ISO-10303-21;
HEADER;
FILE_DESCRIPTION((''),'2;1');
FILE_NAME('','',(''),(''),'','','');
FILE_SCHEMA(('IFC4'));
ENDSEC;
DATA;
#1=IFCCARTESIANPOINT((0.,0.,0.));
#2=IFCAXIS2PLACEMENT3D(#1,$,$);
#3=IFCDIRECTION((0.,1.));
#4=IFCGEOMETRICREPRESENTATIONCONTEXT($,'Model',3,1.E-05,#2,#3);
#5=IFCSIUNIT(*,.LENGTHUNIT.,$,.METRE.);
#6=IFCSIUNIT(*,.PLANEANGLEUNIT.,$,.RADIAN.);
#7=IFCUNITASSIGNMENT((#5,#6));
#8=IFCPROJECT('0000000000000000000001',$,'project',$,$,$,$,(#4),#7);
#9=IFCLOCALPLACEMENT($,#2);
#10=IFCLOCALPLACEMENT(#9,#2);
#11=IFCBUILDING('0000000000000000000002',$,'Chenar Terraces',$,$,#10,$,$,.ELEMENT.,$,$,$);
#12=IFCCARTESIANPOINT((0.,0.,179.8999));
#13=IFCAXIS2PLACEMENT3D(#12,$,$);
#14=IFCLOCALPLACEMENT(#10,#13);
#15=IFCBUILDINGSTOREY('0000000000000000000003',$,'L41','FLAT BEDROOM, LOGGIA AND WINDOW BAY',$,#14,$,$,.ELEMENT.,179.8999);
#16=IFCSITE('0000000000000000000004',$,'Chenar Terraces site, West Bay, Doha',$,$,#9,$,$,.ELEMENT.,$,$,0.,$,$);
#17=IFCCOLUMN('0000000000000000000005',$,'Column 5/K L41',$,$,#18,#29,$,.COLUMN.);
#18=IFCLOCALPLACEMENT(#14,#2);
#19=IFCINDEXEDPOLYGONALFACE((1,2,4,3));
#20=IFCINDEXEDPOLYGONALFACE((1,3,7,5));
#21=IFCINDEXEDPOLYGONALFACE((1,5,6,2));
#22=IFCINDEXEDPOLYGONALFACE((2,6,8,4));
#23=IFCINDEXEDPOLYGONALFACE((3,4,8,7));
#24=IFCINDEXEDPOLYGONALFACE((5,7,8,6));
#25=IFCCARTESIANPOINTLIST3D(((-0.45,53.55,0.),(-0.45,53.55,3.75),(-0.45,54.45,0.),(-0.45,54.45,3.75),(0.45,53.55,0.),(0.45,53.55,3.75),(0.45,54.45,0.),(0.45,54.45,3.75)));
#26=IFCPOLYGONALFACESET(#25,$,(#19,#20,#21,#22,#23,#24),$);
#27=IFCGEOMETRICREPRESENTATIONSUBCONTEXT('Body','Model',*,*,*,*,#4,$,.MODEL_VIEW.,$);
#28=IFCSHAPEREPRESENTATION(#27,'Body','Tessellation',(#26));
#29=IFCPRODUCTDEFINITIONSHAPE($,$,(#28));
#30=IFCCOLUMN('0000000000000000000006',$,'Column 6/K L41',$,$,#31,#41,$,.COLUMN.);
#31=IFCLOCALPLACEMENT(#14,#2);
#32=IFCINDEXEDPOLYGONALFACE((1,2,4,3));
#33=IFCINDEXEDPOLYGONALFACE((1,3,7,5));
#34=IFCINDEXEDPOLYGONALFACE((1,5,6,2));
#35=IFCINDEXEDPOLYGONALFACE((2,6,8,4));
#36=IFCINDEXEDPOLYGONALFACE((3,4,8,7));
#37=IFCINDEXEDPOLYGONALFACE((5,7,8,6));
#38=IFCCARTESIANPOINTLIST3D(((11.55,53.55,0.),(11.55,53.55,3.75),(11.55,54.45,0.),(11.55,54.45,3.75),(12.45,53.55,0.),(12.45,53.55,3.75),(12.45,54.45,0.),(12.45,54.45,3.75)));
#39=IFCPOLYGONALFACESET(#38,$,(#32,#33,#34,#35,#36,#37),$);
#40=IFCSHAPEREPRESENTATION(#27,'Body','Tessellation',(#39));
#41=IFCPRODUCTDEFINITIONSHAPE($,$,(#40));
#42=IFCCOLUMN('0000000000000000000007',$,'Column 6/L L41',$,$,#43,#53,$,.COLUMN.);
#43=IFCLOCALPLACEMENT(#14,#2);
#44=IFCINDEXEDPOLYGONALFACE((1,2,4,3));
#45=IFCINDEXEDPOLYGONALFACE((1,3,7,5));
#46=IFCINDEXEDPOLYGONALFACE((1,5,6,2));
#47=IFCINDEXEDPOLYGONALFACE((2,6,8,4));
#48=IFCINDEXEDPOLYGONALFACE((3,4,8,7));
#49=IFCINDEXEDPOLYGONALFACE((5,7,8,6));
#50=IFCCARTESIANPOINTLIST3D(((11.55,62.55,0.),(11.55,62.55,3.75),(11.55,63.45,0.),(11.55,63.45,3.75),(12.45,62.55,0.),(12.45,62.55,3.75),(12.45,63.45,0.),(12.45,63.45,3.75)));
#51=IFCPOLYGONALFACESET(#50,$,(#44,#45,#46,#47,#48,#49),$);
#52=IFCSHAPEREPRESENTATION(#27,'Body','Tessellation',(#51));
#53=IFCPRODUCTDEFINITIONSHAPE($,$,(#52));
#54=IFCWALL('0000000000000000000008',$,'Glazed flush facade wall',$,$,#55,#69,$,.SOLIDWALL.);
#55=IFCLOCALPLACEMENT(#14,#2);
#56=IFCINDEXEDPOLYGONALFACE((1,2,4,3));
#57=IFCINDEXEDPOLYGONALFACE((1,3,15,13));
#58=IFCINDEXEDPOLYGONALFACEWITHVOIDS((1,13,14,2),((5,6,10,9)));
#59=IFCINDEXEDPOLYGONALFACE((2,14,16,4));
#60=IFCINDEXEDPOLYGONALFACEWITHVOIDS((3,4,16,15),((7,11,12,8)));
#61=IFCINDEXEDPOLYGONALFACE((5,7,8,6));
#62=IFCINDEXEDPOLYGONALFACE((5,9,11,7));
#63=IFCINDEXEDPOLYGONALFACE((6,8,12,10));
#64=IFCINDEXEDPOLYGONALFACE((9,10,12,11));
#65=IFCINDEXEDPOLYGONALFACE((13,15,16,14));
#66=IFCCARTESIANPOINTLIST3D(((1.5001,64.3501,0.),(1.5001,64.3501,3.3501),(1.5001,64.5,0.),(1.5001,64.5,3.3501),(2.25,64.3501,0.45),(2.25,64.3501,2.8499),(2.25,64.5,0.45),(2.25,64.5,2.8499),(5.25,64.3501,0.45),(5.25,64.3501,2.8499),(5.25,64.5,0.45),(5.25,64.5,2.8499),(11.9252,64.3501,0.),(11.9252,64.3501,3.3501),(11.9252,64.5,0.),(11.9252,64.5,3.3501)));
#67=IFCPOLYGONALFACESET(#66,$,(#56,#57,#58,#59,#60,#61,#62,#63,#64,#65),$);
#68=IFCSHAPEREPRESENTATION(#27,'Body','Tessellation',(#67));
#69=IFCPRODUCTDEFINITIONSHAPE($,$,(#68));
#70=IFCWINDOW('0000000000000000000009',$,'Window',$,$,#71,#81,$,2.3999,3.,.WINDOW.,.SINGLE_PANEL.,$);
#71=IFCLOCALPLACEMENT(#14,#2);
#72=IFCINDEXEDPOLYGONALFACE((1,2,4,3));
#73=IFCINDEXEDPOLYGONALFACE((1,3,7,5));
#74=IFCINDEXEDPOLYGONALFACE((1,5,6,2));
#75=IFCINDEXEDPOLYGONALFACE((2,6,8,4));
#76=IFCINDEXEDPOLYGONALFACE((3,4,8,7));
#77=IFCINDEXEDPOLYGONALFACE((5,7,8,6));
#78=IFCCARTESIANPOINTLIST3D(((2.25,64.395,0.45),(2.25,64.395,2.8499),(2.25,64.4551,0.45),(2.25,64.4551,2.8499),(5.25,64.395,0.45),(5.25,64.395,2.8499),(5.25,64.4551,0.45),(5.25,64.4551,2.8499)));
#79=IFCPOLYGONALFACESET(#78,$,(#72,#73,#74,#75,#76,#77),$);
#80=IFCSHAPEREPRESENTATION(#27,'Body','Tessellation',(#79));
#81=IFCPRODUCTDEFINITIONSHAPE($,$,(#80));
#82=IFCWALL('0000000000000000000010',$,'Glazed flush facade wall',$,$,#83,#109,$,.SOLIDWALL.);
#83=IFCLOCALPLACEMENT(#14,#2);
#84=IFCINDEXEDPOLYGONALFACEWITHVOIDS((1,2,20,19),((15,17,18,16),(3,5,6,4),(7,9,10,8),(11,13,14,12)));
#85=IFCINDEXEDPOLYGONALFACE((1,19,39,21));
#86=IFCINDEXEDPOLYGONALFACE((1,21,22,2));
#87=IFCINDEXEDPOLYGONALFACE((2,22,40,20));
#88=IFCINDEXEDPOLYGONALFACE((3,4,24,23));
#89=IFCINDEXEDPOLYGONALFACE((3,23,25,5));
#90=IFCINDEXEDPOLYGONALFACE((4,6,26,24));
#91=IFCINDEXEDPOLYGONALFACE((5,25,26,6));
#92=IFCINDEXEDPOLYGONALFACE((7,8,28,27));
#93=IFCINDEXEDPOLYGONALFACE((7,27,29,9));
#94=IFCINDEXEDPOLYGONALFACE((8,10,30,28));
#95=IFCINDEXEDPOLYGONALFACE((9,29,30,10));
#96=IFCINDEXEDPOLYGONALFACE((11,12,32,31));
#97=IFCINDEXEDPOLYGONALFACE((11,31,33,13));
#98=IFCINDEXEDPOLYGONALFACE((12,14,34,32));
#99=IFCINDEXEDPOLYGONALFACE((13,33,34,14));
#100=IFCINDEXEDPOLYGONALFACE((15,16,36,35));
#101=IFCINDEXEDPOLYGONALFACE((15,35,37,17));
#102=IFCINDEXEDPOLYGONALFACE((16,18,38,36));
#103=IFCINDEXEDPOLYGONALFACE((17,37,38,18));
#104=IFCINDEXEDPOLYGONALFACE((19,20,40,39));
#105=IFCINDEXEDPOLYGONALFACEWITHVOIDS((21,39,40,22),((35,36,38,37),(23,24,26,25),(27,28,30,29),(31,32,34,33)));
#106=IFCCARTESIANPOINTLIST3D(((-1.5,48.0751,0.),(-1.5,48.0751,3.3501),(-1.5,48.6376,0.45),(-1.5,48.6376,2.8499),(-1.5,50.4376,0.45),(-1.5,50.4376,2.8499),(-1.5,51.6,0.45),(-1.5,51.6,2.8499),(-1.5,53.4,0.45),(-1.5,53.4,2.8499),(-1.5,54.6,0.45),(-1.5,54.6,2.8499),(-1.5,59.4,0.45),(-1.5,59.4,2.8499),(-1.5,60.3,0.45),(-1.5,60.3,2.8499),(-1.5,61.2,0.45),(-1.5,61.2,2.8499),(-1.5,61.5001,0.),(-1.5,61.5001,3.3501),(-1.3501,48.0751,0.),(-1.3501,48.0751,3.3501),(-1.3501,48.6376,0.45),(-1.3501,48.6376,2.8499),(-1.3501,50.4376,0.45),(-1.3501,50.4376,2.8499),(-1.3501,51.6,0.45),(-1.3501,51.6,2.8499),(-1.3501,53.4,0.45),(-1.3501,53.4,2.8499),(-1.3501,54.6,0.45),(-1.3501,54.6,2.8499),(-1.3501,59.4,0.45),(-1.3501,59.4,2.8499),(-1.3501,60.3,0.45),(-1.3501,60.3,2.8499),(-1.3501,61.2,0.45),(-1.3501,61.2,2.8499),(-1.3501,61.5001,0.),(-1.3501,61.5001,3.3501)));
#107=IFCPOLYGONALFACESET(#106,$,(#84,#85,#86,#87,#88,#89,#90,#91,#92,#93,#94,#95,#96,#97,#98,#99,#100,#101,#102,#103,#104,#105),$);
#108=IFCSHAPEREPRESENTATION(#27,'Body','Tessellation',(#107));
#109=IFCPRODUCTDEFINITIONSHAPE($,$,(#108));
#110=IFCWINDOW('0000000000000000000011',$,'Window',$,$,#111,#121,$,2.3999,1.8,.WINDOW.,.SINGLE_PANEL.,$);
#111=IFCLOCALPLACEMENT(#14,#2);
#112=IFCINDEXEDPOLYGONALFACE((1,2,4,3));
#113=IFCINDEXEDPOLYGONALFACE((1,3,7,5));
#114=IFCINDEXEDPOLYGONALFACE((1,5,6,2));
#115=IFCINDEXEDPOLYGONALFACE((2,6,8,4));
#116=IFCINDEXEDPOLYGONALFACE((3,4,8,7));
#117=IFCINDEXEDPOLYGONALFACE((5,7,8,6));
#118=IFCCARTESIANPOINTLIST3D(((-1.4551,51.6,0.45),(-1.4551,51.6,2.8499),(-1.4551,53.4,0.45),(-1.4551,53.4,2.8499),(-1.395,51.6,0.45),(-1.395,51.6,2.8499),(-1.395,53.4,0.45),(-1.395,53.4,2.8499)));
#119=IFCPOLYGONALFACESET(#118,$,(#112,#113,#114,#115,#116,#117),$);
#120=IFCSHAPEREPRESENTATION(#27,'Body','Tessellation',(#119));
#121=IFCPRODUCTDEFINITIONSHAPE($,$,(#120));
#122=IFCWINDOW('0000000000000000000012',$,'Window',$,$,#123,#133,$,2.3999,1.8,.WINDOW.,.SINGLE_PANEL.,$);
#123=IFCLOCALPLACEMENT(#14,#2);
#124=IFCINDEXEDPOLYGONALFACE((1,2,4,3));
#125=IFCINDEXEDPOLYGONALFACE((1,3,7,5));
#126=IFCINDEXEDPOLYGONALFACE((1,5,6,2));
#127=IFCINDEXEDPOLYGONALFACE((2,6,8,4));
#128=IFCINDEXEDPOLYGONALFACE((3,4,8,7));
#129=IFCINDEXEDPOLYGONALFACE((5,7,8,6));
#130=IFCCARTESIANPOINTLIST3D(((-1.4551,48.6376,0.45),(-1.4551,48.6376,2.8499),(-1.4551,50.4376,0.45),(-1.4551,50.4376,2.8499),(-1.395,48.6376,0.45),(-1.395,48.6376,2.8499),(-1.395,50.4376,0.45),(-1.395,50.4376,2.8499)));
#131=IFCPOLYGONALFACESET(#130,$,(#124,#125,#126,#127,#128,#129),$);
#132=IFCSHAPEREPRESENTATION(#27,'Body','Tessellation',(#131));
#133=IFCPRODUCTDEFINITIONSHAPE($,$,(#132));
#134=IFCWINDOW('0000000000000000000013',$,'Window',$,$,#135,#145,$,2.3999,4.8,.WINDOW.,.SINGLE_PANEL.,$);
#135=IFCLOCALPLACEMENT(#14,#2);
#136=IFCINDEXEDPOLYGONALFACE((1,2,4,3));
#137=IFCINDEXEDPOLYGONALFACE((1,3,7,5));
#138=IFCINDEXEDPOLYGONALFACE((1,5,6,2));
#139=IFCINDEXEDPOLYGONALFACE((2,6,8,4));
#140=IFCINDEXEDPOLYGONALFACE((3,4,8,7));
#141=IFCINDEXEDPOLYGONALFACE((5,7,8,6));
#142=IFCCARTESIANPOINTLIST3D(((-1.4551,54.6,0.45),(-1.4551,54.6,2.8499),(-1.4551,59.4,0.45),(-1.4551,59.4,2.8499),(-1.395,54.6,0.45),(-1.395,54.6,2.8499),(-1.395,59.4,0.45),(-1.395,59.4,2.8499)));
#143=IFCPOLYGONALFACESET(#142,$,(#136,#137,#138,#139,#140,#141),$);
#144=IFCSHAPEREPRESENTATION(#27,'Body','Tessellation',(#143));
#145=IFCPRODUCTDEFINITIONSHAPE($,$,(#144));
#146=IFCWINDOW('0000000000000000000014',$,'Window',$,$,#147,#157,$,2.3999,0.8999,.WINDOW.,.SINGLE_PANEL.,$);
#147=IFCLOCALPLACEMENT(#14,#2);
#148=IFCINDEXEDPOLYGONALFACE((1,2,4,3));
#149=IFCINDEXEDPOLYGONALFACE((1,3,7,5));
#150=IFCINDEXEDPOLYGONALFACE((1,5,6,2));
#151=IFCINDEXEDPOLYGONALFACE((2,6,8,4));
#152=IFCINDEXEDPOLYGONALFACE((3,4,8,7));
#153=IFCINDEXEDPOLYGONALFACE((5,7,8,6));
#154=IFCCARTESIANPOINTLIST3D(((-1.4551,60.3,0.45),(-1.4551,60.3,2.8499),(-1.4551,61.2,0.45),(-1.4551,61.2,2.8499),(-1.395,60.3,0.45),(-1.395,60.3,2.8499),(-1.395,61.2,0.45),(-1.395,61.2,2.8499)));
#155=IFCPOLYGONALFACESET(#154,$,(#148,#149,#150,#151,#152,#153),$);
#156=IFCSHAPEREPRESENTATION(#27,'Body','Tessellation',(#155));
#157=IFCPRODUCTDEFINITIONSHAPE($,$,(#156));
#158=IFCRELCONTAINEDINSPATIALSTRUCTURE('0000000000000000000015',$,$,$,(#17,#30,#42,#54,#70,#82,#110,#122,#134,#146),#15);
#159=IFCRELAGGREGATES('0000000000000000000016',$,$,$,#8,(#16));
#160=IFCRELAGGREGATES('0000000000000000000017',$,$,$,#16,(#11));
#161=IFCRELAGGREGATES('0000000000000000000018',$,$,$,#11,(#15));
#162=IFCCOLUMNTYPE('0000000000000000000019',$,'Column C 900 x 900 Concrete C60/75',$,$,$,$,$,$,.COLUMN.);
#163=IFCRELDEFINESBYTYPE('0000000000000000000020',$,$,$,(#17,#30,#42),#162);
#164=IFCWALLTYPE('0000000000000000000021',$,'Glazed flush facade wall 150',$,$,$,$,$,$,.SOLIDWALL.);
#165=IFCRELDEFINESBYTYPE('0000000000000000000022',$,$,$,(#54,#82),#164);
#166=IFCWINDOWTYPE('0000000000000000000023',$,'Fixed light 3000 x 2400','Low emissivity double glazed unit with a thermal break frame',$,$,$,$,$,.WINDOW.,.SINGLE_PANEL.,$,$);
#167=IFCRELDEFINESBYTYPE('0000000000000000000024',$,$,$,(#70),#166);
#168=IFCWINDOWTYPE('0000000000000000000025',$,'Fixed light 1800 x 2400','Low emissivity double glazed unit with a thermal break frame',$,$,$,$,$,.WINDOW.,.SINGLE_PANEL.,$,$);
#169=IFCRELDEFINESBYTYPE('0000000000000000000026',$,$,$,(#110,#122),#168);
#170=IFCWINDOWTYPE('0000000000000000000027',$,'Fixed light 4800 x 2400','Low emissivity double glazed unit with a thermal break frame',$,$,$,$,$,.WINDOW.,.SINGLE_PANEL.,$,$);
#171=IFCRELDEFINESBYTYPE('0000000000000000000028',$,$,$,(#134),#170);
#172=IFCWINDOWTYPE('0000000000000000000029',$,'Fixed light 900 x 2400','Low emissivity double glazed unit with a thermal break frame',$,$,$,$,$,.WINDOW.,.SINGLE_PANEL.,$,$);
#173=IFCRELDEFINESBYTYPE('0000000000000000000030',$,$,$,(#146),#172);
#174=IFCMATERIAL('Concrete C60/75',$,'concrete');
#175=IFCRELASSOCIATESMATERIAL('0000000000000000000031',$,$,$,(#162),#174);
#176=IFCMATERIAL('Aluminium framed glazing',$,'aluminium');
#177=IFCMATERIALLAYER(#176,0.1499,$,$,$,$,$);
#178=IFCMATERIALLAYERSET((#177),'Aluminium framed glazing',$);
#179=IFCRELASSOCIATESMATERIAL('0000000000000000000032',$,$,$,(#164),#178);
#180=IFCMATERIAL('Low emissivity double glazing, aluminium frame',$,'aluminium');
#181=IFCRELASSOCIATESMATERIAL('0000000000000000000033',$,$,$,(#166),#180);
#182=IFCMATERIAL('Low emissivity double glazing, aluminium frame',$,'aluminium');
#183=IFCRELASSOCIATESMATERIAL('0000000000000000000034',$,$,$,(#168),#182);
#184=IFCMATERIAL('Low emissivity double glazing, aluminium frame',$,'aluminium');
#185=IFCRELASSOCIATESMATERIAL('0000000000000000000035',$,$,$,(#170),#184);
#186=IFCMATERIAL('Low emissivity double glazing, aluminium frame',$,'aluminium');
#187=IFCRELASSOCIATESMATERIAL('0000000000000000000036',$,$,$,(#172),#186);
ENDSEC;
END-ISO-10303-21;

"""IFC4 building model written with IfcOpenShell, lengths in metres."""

from ifc_helpers import new_model, si_unit, direction, frame, frame_2d, origin, origin_2d, place, context, subcontext, project, spatial, rectangle, extrude, material, layer, layer_set, material_profile, profile_set, type_object, element, fill, save


model = new_model("IFC4")

# Units and contexts
model_context = context("Model", 3, precision=1e-05, world=origin(), true_north=direction((0.0, 1.0)))
body_context = subcontext(model_context, "Body", "Model", "MODEL_VIEW")
ifc_project = project(units=[si_unit("LENGTHUNIT", "METRE"), si_unit("PLANEANGLEUNIT", "RADIAN")], contexts=[model_context])

# Site, building, storey
site_placement = place(None, origin())
site = spatial("IfcSite", under=ifc_project, at=site_placement, Name="Chenar Terraces site, West Bay, Doha", CompositionType="ELEMENT", RefElevation=0.0)
building_placement = place(site_placement, origin())
building = spatial("IfcBuilding", under=site, at=building_placement, Name="Chenar Terraces", CompositionType="ELEMENT")
storey_placement = place(building_placement, frame((0.0, 0.0, 179.8999)))
storey = spatial("IfcBuildingStorey", under=building, at=storey_placement, Name="L41", Description="FLAT BEDROOM, LOGGIA AND WINDOW BAY", CompositionType="ELEMENT", Elevation=179.8999)

# Columns
ifc_material_1 = material(Name="Concrete C60/75", Category="concrete")
ifc_material_profile_1 = material_profile(ifc_material_1, rectangle(XDim=0.8999, YDim=0.8999, at=origin_2d()), Name="C 900 x 900")
ifc_profile_set_1 = profile_set([ifc_material_profile_1], Name="Concrete C60/75")
column_type = type_object("IfcColumnType", Name="Column C 900 x 900 Concrete C60/75", PredefinedType="COLUMN", material=ifc_profile_set_1)
placement = place(storey_placement, frame((0.0, 54.0, 0.0), z_axis=(0.0, 0.0, 1.0), x_axis=(1.0, 0.0, 0.0)))
element("IfcColumn", 1, at=placement, inside=storey, type_object=column_type, Name="Column 5/K L41", PredefinedType="COLUMN", context=body_context, shape_type="SweptSolid", body=[
    extrude(rectangle(XDim=0.8999, YDim=0.8999, at=origin_2d()), origin(), (0.0, 0.0, 1.0), 3.75),
])
for number, where, z_axis, x_axis, name in (
    (2, (12.0, 54.0, 0.0), (0.0, 0.0, 1.0), (1.0, 0.0, 0.0), "Column 6/K L41"),
    (3, (12.0, 63.0, 0.0), (0.0, 0.0, 1.0), (1.0, 0.0, 0.0), "Column 6/L L41"),
):
    element("IfcColumn", number, at=place(storey_placement, frame(where, z_axis=z_axis, x_axis=x_axis)), inside=storey, type_object=column_type, Name=name, PredefinedType="COLUMN", context=body_context, shape_type="SweptSolid", body=[
        extrude(rectangle(XDim=0.8999, YDim=0.8999, at=origin_2d()), origin(), (0.0, 0.0, 1.0), 3.75),
    ])

# Wall, opening, window
ifc_material_2 = material(Name="Aluminium framed glazing", Category="aluminium")
ifc_layer_1 = layer(ifc_material_2, 0.1499)
ifc_layer_set_1 = layer_set([ifc_layer_1], Name="Aluminium framed glazing")
wall_type_1 = type_object("IfcWallType", Name="Glazed flush facade wall 150", PredefinedType="SOLIDWALL", material=ifc_layer_set_1)
wall_1_placement = place(storey_placement, frame((11.925, 64.425, 0.0), z_axis=(0.0, 0.0, 1.0), x_axis=(-1.0, 0.0, 0.0)))
wall_1 = element("IfcWall", 4, at=wall_1_placement, inside=storey, type_object=wall_type_1, Name="Glazed flush facade wall", PredefinedType="SOLIDWALL", context=body_context, shape_type="SweptSolid", body=[
    extrude(rectangle(XDim=10.425, YDim=0.1499, at=frame_2d((5.2124, 0.0))), origin(), (0.0, 0.0, 1.0), 3.3501),
])
opening_1_placement = place(wall_1_placement, frame((6.675, 0.0, 0.45)))
opening_1 = element("IfcOpeningElement", 5, at=opening_1_placement, cuts=wall_1, PredefinedType="OPENING", context=body_context, shape_type="SweptSolid", body=[
    extrude(rectangle(XDim=3.0, YDim=2.3999, at=frame_2d((1.5, 1.2))), frame((0.0, 0.085, 0.0), z_axis=(0.0, -1.0, 0.0), x_axis=(1.0, 0.0, 0.0)), (0.0, 0.0, 1.0), 0.1699),
])
ifc_material_3 = material(Name="Low emissivity double glazing, aluminium frame", Category="aluminium")
window_type_1 = type_object("IfcWindowType", Name="Fixed light 3000 x 2400", Description="Low emissivity double glazed unit with a thermal break frame", PartitioningType="SINGLE_PANEL", PredefinedType="WINDOW", material=ifc_material_3)
window_1_placement = place(opening_1_placement, origin())
window_1 = element("IfcWindow", 6, at=window_1_placement, inside=storey, type_object=window_type_1, Name="Window", OverallHeight=2.3999, OverallWidth=3.0, PartitioningType="SINGLE_PANEL", PredefinedType="WINDOW", context=body_context, shape_type="SweptSolid", body=[
    extrude(rectangle(XDim=3.0, YDim=2.3999, at=frame_2d((1.5, 1.2))), frame((0.0, 0.03, 0.0), z_axis=(0.0, -1.0, 0.0), x_axis=(1.0, 0.0, 0.0)), (0.0, 0.0, 1.0), 0.0601),
])
fill(opening_1, window_1)

# Wall, openings, windows
wall_2_placement = place(storey_placement, frame((-1.425, 61.5, 0.0), z_axis=(0.0, 0.0, 1.0), x_axis=(0.0, -1.0, 0.0)))
wall_2 = element("IfcWall", 7, at=wall_2_placement, inside=storey, type_object=wall_type_1, Name="Glazed flush facade wall", PredefinedType="SOLIDWALL", context=body_context, shape_type="SweptSolid", body=[
    extrude(rectangle(XDim=13.425, YDim=0.1499, at=frame_2d((6.7124, 0.0))), origin(), (0.0, 0.0, 1.0), 3.3501),
])
opening_2_placement = place(wall_2_placement, frame((0.3, 0.0, 0.45)))
opening_2 = element("IfcOpeningElement", 8, at=opening_2_placement, cuts=wall_2, PredefinedType="OPENING", context=body_context, shape_type="SweptSolid", body=[
    extrude(rectangle(XDim=0.8999, YDim=2.3999, at=frame_2d((0.45, 1.2))), frame((0.0, 0.085, 0.0), z_axis=(0.0, -1.0, 0.0), x_axis=(1.0, 0.0, 0.0)), (0.0, 0.0, 1.0), 0.1699),
])
opening_3_placement = place(wall_2_placement, frame((2.1001, 0.0, 0.45)))
opening_3 = element("IfcOpeningElement", 9, at=opening_3_placement, cuts=wall_2, PredefinedType="OPENING", context=body_context, shape_type="SweptSolid", body=[
    extrude(rectangle(XDim=4.8, YDim=2.3999, at=frame_2d((2.3999, 1.2))), frame((0.0, 0.085, 0.0), z_axis=(0.0, -1.0, 0.0), x_axis=(1.0, 0.0, 0.0)), (0.0, 0.0, 1.0), 0.1699),
])
opening_4_placement = place(wall_2_placement, frame((8.1001, 0.0, 0.45)))
opening_4 = element("IfcOpeningElement", 10, at=opening_4_placement, cuts=wall_2, PredefinedType="OPENING", context=body_context, shape_type="SweptSolid", body=[
    extrude(rectangle(XDim=1.8, YDim=2.3999, at=frame_2d((0.8999, 1.2))), frame((0.0, 0.085, 0.0), z_axis=(0.0, -1.0, 0.0), x_axis=(1.0, 0.0, 0.0)), (0.0, 0.0, 1.0), 0.1699),
])
opening_5_placement = place(wall_2_placement, frame((11.0625, 0.0, 0.45)))
opening_5 = element("IfcOpeningElement", 11, at=opening_5_placement, cuts=wall_2, PredefinedType="OPENING", context=body_context, shape_type="SweptSolid", body=[
    extrude(rectangle(XDim=1.8, YDim=2.3999, at=frame_2d((0.8999, 1.2))), frame((0.0, 0.085, 0.0), z_axis=(0.0, -1.0, 0.0), x_axis=(1.0, 0.0, 0.0)), (0.0, 0.0, 1.0), 0.1699),
])
ifc_material_4 = material(Name="Low emissivity double glazing, aluminium frame", Category="aluminium")
window_type_2 = type_object("IfcWindowType", Name="Fixed light 1800 x 2400", Description="Low emissivity double glazed unit with a thermal break frame", PartitioningType="SINGLE_PANEL", PredefinedType="WINDOW", material=ifc_material_4)
window_2_placement = place(opening_4_placement, origin())
window_2 = element("IfcWindow", 12, at=window_2_placement, inside=storey, type_object=window_type_2, Name="Window", OverallHeight=2.3999, OverallWidth=1.8, PartitioningType="SINGLE_PANEL", PredefinedType="WINDOW", context=body_context, shape_type="SweptSolid", body=[
    extrude(rectangle(XDim=1.8, YDim=2.3999, at=frame_2d((0.8999, 1.2))), frame((0.0, 0.03, 0.0), z_axis=(0.0, -1.0, 0.0), x_axis=(1.0, 0.0, 0.0)), (0.0, 0.0, 1.0), 0.0601),
])
fill(opening_4, window_2)
window_3_placement = place(opening_5_placement, origin())
window_3 = element("IfcWindow", 13, at=window_3_placement, inside=storey, type_object=window_type_2, Name="Window", OverallHeight=2.3999, OverallWidth=1.8, PartitioningType="SINGLE_PANEL", PredefinedType="WINDOW", context=body_context, shape_type="SweptSolid", body=[
    extrude(rectangle(XDim=1.8, YDim=2.3999, at=frame_2d((0.8999, 1.2))), frame((0.0, 0.03, 0.0), z_axis=(0.0, -1.0, 0.0), x_axis=(1.0, 0.0, 0.0)), (0.0, 0.0, 1.0), 0.0601),
])
fill(opening_5, window_3)
ifc_material_5 = material(Name="Low emissivity double glazing, aluminium frame", Category="aluminium")
window_type_3 = type_object("IfcWindowType", Name="Fixed light 4800 x 2400", Description="Low emissivity double glazed unit with a thermal break frame", PartitioningType="SINGLE_PANEL", PredefinedType="WINDOW", material=ifc_material_5)
window_4_placement = place(opening_3_placement, origin())
window_4 = element("IfcWindow", 14, at=window_4_placement, inside=storey, type_object=window_type_3, Name="Window", OverallHeight=2.3999, OverallWidth=4.8, PartitioningType="SINGLE_PANEL", PredefinedType="WINDOW", context=body_context, shape_type="SweptSolid", body=[
    extrude(rectangle(XDim=4.8, YDim=2.3999, at=frame_2d((2.3999, 1.2))), frame((0.0, 0.03, 0.0), z_axis=(0.0, -1.0, 0.0), x_axis=(1.0, 0.0, 0.0)), (0.0, 0.0, 1.0), 0.0601),
])
fill(opening_3, window_4)
ifc_material_6 = material(Name="Low emissivity double glazing, aluminium frame", Category="aluminium")
window_type_4 = type_object("IfcWindowType", Name="Fixed light 900 x 2400", Description="Low emissivity double glazed unit with a thermal break frame", PartitioningType="SINGLE_PANEL", PredefinedType="WINDOW", material=ifc_material_6)
window_5_placement = place(opening_2_placement, origin())
window_5 = element("IfcWindow", 15, at=window_5_placement, inside=storey, type_object=window_type_4, Name="Window", OverallHeight=2.3999, OverallWidth=0.8999, PartitioningType="SINGLE_PANEL", PredefinedType="WINDOW", context=body_context, shape_type="SweptSolid", body=[
    extrude(rectangle(XDim=0.8999, YDim=2.3999, at=frame_2d((0.45, 1.2))), frame((0.0, 0.03, 0.0), z_axis=(0.0, -1.0, 0.0), x_axis=(1.0, 0.0, 0.0)), (0.0, 0.0, 1.0), 0.0601),
])
fill(opening_2, window_5)

save(model, "model.ifc")
